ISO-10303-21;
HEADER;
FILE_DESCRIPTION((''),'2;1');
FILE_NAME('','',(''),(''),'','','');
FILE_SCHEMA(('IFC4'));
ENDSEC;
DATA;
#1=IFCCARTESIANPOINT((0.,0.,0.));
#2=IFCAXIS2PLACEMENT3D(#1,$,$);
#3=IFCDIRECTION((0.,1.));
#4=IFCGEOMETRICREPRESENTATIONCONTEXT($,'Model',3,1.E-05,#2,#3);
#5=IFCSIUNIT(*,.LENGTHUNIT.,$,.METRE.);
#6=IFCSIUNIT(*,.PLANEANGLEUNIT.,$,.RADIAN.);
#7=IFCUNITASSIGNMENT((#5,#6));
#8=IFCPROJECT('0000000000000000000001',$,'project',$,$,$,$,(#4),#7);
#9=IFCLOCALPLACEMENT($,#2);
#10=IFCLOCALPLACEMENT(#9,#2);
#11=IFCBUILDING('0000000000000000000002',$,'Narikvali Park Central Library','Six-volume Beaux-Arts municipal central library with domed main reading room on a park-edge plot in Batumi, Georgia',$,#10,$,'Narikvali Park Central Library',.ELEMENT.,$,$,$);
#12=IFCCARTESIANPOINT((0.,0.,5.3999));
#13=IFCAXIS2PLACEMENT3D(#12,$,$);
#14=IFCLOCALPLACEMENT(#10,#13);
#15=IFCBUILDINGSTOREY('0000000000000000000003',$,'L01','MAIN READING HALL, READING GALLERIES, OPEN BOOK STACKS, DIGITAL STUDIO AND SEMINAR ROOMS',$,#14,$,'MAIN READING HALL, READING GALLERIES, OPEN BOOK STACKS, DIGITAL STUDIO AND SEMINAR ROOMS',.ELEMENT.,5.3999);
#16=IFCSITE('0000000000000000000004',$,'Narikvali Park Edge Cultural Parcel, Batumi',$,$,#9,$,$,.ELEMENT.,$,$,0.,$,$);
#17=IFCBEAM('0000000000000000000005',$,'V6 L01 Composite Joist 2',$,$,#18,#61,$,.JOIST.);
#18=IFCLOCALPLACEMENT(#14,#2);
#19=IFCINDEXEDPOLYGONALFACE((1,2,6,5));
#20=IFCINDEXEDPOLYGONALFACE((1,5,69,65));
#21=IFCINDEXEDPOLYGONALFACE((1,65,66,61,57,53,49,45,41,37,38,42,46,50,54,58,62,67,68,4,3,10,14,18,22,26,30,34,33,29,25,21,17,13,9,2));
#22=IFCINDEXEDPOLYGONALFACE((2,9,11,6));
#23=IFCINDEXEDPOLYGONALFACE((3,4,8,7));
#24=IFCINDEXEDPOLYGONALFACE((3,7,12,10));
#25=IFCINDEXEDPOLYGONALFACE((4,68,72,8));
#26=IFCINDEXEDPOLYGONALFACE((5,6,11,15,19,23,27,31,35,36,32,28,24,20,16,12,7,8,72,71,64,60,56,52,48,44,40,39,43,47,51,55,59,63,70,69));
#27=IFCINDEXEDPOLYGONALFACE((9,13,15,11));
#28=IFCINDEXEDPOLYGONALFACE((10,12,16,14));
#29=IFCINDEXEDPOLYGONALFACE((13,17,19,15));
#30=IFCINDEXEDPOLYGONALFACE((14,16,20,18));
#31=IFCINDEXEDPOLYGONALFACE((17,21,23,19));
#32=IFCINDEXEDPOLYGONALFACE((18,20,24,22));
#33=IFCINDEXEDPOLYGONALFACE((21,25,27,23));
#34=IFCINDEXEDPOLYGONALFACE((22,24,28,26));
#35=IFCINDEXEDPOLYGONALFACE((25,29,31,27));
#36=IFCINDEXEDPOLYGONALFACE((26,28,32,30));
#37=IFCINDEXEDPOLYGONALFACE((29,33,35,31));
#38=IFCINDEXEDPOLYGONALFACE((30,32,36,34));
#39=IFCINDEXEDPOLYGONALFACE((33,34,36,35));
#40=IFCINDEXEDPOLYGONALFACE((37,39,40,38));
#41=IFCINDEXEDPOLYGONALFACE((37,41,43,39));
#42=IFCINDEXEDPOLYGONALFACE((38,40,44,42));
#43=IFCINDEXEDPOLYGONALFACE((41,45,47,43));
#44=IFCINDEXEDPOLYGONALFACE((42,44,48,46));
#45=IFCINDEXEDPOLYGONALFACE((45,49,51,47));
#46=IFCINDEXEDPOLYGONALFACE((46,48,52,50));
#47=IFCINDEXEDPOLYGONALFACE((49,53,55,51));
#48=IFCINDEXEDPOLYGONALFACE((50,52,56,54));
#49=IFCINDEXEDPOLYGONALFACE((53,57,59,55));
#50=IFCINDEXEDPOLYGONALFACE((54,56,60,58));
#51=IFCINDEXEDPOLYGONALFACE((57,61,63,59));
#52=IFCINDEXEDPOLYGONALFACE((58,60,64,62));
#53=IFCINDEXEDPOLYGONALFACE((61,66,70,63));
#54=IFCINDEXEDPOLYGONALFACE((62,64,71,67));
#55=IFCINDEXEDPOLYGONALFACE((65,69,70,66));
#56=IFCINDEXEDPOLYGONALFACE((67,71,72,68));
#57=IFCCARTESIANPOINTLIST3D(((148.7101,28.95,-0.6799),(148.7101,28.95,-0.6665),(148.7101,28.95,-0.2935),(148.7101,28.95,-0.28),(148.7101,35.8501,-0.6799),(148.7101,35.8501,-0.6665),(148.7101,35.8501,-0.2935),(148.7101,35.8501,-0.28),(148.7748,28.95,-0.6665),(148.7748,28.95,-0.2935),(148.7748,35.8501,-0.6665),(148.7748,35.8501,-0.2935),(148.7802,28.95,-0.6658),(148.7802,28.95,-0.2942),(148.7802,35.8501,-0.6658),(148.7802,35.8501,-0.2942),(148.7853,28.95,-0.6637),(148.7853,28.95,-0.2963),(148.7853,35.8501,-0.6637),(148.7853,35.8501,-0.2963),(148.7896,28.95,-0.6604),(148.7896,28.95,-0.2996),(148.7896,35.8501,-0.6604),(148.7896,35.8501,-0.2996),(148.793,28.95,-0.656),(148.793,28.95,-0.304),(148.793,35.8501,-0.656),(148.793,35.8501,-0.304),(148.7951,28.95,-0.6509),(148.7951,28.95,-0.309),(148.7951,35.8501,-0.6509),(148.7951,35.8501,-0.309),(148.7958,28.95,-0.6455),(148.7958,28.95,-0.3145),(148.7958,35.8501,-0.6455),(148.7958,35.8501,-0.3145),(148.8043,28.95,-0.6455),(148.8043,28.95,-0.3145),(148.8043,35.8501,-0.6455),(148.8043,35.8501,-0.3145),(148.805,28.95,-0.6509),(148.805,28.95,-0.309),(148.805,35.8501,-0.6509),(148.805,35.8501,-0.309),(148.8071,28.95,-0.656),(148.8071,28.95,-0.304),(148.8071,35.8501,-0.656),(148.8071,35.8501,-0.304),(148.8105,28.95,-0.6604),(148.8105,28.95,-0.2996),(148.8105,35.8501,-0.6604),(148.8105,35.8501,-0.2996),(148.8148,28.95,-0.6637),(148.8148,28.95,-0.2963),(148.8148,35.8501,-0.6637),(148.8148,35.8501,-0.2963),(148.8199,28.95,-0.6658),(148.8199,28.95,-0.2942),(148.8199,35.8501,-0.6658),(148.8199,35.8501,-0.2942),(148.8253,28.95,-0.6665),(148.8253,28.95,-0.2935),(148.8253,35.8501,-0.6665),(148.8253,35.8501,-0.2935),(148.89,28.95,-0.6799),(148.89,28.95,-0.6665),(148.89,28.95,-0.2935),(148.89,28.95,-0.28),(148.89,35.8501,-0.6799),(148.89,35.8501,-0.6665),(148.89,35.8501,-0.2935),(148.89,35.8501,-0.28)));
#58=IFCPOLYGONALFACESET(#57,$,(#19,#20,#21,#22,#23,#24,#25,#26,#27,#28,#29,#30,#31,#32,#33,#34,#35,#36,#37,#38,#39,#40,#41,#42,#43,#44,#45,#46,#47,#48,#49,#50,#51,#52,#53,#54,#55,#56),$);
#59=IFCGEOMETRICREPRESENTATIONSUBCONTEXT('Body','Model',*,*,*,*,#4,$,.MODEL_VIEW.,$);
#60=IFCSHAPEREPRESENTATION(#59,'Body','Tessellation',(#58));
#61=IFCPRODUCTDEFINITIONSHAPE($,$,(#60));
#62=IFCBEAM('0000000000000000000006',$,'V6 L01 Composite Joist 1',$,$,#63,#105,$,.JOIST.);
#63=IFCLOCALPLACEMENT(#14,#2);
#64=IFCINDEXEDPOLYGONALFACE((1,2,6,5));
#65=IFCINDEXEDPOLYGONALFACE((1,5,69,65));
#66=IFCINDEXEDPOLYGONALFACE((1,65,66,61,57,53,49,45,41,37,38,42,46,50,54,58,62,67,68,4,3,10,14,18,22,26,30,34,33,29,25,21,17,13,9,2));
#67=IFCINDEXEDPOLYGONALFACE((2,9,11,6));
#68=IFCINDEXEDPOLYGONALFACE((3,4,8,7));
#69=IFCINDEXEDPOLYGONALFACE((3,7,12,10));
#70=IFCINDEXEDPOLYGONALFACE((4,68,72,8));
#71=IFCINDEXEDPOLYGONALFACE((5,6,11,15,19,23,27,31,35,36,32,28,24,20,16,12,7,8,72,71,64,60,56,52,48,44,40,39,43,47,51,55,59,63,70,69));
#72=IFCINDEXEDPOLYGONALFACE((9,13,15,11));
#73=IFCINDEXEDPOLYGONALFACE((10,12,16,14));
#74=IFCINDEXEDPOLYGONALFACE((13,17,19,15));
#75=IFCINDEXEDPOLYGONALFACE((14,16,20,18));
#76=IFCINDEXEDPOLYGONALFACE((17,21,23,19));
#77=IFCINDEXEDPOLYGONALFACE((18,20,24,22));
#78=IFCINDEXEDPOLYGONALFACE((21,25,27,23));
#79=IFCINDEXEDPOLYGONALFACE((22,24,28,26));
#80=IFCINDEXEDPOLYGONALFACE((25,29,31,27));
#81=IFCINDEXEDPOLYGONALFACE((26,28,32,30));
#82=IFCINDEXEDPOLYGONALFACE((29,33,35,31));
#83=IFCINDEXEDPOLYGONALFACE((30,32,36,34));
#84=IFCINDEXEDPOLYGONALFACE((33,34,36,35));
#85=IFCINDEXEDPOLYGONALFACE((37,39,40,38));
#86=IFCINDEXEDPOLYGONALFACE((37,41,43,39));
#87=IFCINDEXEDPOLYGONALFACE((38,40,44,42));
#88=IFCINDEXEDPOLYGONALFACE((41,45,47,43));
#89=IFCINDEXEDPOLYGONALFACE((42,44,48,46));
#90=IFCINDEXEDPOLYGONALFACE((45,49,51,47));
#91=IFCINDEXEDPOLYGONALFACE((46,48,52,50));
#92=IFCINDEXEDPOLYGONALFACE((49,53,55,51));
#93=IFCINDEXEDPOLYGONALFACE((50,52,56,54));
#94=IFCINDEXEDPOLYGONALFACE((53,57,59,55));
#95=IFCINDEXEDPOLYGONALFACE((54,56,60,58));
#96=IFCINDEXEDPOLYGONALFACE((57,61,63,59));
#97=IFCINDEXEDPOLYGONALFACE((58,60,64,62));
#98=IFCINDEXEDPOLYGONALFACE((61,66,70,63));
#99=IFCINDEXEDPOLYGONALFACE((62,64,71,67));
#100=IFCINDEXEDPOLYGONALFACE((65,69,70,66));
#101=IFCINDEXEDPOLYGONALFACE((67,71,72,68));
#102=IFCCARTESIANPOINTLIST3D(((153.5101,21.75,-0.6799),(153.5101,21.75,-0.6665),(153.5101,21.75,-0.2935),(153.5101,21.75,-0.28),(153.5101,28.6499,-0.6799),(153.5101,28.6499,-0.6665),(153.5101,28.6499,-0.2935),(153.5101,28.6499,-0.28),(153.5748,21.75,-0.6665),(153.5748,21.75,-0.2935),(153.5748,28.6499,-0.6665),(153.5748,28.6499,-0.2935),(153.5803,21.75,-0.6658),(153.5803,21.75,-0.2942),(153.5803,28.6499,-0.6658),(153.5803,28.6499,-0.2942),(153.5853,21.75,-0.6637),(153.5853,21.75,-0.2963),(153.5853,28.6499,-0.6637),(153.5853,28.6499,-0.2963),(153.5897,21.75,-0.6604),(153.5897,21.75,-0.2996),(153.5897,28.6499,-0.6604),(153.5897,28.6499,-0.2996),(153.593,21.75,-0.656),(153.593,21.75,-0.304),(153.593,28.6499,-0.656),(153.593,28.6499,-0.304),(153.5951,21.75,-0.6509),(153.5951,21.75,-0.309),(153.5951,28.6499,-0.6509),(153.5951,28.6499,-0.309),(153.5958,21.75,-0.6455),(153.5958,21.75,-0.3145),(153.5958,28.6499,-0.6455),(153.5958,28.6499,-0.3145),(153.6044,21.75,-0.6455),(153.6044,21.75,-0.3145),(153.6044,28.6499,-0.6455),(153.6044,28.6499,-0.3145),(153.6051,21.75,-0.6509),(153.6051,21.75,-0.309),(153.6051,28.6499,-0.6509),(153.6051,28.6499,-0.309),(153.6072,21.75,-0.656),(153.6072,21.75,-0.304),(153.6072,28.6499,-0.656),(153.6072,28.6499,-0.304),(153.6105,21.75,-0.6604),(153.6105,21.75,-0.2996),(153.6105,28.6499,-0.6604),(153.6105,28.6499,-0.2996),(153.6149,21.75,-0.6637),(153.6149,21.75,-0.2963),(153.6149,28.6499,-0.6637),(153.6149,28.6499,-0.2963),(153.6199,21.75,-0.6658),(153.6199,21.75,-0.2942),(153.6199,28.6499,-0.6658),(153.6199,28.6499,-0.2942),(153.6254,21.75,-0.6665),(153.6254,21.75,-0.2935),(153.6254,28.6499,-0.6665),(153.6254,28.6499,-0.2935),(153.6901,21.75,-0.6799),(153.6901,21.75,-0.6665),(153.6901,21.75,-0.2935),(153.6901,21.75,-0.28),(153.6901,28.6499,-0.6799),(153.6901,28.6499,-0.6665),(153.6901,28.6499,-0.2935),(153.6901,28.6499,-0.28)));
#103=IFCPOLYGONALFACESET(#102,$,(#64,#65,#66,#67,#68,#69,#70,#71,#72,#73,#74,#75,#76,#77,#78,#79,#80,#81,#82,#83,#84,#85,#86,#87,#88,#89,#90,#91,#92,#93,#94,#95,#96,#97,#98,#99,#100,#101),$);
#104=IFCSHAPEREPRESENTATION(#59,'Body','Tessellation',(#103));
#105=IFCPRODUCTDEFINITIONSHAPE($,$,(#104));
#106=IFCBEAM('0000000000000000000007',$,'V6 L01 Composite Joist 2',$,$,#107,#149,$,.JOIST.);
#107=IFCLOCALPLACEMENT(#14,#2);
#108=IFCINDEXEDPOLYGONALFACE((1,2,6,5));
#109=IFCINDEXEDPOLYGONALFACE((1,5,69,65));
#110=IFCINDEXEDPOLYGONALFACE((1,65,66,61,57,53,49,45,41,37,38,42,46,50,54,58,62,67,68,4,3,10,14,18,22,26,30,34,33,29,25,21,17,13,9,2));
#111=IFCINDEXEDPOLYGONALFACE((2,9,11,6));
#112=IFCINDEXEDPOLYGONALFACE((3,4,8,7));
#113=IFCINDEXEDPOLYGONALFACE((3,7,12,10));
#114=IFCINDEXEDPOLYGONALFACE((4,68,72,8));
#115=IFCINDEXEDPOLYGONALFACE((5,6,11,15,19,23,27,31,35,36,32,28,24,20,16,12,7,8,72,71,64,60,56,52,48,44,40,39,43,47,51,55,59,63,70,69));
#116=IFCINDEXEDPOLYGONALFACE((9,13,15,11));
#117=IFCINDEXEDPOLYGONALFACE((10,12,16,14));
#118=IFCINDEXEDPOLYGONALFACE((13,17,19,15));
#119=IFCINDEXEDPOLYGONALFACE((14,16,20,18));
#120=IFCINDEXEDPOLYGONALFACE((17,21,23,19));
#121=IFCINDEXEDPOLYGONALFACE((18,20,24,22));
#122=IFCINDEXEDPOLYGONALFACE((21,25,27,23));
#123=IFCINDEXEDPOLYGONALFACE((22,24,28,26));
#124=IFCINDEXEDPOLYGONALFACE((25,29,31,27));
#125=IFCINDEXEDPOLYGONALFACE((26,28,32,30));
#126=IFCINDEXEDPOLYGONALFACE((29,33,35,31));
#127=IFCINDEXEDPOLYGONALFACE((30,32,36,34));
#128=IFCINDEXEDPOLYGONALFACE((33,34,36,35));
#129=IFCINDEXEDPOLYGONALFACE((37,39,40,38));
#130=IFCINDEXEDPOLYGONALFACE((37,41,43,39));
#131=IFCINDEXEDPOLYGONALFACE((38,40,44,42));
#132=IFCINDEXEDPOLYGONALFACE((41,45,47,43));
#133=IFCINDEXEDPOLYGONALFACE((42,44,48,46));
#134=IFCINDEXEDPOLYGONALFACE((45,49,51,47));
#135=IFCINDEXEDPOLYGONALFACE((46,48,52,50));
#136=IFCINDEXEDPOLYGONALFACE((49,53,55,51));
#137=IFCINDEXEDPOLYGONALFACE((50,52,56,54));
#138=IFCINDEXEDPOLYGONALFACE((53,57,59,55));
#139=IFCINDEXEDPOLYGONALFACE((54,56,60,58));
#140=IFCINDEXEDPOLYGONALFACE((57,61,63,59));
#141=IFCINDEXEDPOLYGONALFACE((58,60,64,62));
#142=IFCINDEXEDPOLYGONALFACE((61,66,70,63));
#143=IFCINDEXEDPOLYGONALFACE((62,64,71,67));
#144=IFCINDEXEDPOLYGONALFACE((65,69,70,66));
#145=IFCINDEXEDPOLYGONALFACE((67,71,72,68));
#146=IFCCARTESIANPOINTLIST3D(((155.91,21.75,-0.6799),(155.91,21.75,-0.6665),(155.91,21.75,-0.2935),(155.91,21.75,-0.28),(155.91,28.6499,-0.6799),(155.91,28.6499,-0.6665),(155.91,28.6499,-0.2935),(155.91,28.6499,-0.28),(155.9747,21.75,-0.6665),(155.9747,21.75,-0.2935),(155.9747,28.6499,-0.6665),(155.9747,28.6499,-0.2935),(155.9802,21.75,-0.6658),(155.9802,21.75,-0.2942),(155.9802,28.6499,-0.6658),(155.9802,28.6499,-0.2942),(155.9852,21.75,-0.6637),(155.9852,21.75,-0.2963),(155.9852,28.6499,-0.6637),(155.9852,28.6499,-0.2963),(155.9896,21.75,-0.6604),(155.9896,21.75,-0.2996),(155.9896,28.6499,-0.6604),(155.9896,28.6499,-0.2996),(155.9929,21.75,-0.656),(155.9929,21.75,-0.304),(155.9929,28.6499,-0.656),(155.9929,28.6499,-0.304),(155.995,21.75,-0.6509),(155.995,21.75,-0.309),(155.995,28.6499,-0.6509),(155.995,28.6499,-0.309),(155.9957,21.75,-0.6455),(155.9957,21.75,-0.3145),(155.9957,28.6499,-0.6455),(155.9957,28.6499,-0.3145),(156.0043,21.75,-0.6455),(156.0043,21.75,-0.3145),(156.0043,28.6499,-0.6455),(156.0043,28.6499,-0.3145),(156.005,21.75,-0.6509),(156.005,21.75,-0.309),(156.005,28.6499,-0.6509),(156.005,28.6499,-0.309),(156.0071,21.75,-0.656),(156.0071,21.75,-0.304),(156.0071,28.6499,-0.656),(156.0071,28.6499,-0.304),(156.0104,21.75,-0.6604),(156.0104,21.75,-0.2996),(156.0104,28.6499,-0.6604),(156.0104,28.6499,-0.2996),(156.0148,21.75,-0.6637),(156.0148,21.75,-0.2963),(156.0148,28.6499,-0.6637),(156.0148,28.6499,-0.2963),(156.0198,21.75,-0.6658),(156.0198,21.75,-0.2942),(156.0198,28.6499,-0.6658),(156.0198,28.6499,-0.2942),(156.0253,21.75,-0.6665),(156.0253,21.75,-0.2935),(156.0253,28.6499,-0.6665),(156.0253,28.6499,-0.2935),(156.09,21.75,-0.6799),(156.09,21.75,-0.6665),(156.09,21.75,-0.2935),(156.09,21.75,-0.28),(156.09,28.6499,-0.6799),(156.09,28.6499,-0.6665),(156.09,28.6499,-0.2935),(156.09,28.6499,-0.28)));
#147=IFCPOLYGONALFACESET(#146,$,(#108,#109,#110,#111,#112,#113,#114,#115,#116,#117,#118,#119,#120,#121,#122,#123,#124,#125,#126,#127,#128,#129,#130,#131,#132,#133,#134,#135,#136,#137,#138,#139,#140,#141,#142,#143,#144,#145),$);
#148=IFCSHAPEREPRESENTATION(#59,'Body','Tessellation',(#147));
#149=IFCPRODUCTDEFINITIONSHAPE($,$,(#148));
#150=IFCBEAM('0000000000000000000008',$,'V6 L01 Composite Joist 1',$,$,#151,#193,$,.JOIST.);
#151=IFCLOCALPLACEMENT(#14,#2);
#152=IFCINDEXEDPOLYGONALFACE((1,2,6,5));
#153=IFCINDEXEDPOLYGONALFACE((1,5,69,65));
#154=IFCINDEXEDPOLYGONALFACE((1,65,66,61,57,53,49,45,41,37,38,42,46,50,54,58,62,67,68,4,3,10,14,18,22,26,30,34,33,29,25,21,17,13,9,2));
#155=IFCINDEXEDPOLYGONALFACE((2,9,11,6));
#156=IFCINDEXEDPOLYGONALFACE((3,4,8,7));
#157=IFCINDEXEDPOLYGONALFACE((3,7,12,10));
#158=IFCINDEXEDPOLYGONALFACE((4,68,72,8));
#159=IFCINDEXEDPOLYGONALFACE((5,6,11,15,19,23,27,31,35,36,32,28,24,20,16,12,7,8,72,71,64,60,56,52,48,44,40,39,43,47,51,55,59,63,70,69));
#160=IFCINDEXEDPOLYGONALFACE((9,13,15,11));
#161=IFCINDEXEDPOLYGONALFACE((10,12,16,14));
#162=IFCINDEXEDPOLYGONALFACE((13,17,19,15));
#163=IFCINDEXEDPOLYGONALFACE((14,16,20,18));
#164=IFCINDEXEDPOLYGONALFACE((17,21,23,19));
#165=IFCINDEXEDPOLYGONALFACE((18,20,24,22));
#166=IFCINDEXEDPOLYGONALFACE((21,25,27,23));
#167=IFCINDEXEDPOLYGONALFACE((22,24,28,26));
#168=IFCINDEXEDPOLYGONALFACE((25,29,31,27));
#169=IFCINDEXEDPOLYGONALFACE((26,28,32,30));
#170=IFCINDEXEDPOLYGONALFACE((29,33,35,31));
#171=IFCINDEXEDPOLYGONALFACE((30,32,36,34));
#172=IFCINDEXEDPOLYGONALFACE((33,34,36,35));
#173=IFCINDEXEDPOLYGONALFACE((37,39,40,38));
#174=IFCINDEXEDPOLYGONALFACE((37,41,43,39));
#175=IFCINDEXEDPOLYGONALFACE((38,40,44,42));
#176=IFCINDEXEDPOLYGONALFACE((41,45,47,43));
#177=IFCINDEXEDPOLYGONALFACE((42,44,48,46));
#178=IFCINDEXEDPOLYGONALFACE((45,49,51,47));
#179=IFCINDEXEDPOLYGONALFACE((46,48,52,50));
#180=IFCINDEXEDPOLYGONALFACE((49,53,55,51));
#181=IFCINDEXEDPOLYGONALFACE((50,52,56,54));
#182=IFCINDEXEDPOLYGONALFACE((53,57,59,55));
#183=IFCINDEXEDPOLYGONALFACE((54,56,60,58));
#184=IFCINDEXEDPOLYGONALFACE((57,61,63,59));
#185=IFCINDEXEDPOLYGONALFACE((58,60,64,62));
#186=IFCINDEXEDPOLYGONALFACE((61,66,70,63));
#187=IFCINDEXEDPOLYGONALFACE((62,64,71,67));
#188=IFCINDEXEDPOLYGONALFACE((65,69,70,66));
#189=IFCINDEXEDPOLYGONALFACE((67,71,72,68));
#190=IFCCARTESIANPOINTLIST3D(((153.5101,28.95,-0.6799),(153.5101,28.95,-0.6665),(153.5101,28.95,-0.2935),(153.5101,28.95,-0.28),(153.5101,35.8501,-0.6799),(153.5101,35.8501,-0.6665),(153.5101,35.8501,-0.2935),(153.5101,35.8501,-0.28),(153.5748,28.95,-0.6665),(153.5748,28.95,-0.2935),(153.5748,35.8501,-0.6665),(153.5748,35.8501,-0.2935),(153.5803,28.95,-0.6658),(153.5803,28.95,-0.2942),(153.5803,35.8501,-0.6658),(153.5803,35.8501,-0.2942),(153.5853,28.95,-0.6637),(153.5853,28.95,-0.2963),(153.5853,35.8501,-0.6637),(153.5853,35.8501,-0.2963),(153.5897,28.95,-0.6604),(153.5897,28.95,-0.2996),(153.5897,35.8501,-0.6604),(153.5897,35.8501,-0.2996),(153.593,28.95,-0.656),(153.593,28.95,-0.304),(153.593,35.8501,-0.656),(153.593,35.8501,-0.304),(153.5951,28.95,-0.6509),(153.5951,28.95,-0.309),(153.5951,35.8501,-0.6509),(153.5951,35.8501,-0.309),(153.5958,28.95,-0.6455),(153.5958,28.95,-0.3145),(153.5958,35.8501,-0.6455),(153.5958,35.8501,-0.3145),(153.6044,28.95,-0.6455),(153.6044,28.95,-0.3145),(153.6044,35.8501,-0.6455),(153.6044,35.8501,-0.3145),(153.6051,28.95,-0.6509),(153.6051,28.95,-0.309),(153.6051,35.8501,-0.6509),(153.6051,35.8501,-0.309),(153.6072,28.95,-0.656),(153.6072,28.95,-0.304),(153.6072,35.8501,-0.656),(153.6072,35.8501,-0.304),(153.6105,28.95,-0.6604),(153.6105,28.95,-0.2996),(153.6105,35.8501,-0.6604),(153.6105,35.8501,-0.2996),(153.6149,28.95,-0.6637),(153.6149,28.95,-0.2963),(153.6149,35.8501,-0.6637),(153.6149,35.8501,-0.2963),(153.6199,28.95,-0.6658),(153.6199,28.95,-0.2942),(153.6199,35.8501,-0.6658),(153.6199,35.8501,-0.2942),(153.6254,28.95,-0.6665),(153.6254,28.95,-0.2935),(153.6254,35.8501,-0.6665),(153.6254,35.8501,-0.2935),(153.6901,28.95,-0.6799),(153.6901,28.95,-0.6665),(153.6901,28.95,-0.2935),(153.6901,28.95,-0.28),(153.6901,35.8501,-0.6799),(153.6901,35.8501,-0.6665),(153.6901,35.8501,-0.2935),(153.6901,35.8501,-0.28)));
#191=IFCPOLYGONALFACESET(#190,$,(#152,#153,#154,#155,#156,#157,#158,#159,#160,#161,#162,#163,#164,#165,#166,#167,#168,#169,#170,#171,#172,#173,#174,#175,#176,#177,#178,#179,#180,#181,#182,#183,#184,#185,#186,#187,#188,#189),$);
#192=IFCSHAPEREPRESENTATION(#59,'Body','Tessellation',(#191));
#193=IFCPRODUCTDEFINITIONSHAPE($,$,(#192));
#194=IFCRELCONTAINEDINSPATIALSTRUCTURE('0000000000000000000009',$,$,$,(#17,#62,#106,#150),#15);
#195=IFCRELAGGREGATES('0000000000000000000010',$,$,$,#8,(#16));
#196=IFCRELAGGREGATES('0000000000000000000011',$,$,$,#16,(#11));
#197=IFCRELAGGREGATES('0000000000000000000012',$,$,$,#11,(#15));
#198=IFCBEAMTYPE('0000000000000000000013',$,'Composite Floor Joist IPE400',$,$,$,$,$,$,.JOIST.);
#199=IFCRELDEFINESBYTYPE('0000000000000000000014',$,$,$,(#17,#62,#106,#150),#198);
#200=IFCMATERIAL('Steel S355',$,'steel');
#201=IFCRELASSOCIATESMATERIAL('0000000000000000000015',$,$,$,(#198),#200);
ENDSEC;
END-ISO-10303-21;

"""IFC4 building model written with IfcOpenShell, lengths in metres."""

from ifc_helpers import new_model, si_unit, direction, frame, origin, origin_2d, place, context, subcontext, project, spatial, i_section, extrude, material, material_profile, profile_set, type_object, element, save


model = new_model("IFC4")

# Units and contexts
model_context = context("Model", 3, precision=1e-05, world=origin(), true_north=direction((0.0, 1.0)))
body_context = subcontext(model_context, "Body", "Model", "MODEL_VIEW")
ifc_project = project(units=[si_unit("LENGTHUNIT", "METRE"), si_unit("PLANEANGLEUNIT", "RADIAN")], contexts=[model_context])

# Site, building, storey
site_placement = place(None, origin())
site = spatial("IfcSite", under=ifc_project, at=site_placement, Name="Narikvali Park Edge Cultural Parcel, Batumi", CompositionType="ELEMENT", RefElevation=0.0)
building_placement = place(site_placement, origin())
building = spatial("IfcBuilding", under=site, at=building_placement, Name="Narikvali Park Central Library", Description="Six-volume Beaux-Arts municipal central library with domed main reading room on a park-edge plot in Batumi, Georgia", LongName="Narikvali Park Central Library", CompositionType="ELEMENT")
storey_placement = place(building_placement, frame((0.0, 0.0, 5.3999)))
storey = spatial("IfcBuildingStorey", under=building, at=storey_placement, Name="L01", Description="MAIN READING HALL, READING GALLERIES, OPEN BOOK STACKS, DIGITAL STUDIO AND SEMINAR ROOMS", LongName="MAIN READING HALL, READING GALLERIES, OPEN BOOK STACKS, DIGITAL STUDIO AND SEMINAR ROOMS", CompositionType="ELEMENT", Elevation=5.3999)

# Shared definitions
ifc_material_1 = material(Name="Steel S355", Category="steel")

# Beams
ifc_material_profile_1 = material_profile(ifc_material_1, i_section(OverallWidth=0.1799, OverallDepth=0.3999, WebThickness=0.0085, FlangeThickness=0.0134, FilletRadius=0.021, at=origin_2d()), Name="IPE 400")
ifc_profile_set_1 = profile_set([ifc_material_profile_1], Name="Steel S355")
beam_type_1 = type_object("IfcBeamType", Name="Composite Floor Joist IPE400", PredefinedType="JOIST", material=ifc_profile_set_1)
for number, where, z_axis, x_axis, name in (
    (1, (148.8, 28.95, -0.48), (0.0, 1.0, 0.0), (-1.0, 0.0, 0.0), "V6 L01 Composite Joist 2"),
):
    element("IfcBeam", number, at=place(storey_placement, frame(where, z_axis=z_axis, x_axis=x_axis)), inside=storey, type_object=beam_type_1, Name=name, PredefinedType="JOIST", context=body_context, shape_type="SweptSolid", body=[
        extrude(i_section(OverallWidth=0.1799, OverallDepth=0.3999, WebThickness=0.0085, FlangeThickness=0.0134, FilletRadius=0.021, at=origin_2d()), origin(), (0.0, 0.0, 1.0), 6.9001),
    ])
for number, where, z_axis, x_axis, name in (
    (2, (153.6001, 21.75, -0.48), (0.0, 1.0, 0.0), (-1.0, 0.0, 0.0), "V6 L01 Composite Joist 1"),
    (3, (156.0, 21.75, -0.48), (0.0, 1.0, 0.0), (-1.0, 0.0, 0.0), "V6 L01 Composite Joist 2"),
):
    element("IfcBeam", number, at=place(storey_placement, frame(where, z_axis=z_axis, x_axis=x_axis)), inside=storey, type_object=beam_type_1, Name=name, PredefinedType="JOIST", context=body_context, shape_type="SweptSolid", body=[
        extrude(i_section(OverallWidth=0.1799, OverallDepth=0.3999, WebThickness=0.0085, FlangeThickness=0.0134, FilletRadius=0.021, at=origin_2d()), origin(), (0.0, 0.0, 1.0), 6.8999),
    ])
for number, where, z_axis, x_axis, name in (
    (4, (153.6001, 28.95, -0.48), (0.0, 1.0, 0.0), (-1.0, 0.0, 0.0), "V6 L01 Composite Joist 1"),
):
    element("IfcBeam", number, at=place(storey_placement, frame(where, z_axis=z_axis, x_axis=x_axis)), inside=storey, type_object=beam_type_1, Name=name, PredefinedType="JOIST", context=body_context, shape_type="SweptSolid", body=[
        extrude(i_section(OverallWidth=0.1799, OverallDepth=0.3999, WebThickness=0.0085, FlangeThickness=0.0134, FilletRadius=0.021, at=origin_2d()), origin(), (0.0, 0.0, 1.0), 6.9001),
    ])

save(model, "model.ifc")
